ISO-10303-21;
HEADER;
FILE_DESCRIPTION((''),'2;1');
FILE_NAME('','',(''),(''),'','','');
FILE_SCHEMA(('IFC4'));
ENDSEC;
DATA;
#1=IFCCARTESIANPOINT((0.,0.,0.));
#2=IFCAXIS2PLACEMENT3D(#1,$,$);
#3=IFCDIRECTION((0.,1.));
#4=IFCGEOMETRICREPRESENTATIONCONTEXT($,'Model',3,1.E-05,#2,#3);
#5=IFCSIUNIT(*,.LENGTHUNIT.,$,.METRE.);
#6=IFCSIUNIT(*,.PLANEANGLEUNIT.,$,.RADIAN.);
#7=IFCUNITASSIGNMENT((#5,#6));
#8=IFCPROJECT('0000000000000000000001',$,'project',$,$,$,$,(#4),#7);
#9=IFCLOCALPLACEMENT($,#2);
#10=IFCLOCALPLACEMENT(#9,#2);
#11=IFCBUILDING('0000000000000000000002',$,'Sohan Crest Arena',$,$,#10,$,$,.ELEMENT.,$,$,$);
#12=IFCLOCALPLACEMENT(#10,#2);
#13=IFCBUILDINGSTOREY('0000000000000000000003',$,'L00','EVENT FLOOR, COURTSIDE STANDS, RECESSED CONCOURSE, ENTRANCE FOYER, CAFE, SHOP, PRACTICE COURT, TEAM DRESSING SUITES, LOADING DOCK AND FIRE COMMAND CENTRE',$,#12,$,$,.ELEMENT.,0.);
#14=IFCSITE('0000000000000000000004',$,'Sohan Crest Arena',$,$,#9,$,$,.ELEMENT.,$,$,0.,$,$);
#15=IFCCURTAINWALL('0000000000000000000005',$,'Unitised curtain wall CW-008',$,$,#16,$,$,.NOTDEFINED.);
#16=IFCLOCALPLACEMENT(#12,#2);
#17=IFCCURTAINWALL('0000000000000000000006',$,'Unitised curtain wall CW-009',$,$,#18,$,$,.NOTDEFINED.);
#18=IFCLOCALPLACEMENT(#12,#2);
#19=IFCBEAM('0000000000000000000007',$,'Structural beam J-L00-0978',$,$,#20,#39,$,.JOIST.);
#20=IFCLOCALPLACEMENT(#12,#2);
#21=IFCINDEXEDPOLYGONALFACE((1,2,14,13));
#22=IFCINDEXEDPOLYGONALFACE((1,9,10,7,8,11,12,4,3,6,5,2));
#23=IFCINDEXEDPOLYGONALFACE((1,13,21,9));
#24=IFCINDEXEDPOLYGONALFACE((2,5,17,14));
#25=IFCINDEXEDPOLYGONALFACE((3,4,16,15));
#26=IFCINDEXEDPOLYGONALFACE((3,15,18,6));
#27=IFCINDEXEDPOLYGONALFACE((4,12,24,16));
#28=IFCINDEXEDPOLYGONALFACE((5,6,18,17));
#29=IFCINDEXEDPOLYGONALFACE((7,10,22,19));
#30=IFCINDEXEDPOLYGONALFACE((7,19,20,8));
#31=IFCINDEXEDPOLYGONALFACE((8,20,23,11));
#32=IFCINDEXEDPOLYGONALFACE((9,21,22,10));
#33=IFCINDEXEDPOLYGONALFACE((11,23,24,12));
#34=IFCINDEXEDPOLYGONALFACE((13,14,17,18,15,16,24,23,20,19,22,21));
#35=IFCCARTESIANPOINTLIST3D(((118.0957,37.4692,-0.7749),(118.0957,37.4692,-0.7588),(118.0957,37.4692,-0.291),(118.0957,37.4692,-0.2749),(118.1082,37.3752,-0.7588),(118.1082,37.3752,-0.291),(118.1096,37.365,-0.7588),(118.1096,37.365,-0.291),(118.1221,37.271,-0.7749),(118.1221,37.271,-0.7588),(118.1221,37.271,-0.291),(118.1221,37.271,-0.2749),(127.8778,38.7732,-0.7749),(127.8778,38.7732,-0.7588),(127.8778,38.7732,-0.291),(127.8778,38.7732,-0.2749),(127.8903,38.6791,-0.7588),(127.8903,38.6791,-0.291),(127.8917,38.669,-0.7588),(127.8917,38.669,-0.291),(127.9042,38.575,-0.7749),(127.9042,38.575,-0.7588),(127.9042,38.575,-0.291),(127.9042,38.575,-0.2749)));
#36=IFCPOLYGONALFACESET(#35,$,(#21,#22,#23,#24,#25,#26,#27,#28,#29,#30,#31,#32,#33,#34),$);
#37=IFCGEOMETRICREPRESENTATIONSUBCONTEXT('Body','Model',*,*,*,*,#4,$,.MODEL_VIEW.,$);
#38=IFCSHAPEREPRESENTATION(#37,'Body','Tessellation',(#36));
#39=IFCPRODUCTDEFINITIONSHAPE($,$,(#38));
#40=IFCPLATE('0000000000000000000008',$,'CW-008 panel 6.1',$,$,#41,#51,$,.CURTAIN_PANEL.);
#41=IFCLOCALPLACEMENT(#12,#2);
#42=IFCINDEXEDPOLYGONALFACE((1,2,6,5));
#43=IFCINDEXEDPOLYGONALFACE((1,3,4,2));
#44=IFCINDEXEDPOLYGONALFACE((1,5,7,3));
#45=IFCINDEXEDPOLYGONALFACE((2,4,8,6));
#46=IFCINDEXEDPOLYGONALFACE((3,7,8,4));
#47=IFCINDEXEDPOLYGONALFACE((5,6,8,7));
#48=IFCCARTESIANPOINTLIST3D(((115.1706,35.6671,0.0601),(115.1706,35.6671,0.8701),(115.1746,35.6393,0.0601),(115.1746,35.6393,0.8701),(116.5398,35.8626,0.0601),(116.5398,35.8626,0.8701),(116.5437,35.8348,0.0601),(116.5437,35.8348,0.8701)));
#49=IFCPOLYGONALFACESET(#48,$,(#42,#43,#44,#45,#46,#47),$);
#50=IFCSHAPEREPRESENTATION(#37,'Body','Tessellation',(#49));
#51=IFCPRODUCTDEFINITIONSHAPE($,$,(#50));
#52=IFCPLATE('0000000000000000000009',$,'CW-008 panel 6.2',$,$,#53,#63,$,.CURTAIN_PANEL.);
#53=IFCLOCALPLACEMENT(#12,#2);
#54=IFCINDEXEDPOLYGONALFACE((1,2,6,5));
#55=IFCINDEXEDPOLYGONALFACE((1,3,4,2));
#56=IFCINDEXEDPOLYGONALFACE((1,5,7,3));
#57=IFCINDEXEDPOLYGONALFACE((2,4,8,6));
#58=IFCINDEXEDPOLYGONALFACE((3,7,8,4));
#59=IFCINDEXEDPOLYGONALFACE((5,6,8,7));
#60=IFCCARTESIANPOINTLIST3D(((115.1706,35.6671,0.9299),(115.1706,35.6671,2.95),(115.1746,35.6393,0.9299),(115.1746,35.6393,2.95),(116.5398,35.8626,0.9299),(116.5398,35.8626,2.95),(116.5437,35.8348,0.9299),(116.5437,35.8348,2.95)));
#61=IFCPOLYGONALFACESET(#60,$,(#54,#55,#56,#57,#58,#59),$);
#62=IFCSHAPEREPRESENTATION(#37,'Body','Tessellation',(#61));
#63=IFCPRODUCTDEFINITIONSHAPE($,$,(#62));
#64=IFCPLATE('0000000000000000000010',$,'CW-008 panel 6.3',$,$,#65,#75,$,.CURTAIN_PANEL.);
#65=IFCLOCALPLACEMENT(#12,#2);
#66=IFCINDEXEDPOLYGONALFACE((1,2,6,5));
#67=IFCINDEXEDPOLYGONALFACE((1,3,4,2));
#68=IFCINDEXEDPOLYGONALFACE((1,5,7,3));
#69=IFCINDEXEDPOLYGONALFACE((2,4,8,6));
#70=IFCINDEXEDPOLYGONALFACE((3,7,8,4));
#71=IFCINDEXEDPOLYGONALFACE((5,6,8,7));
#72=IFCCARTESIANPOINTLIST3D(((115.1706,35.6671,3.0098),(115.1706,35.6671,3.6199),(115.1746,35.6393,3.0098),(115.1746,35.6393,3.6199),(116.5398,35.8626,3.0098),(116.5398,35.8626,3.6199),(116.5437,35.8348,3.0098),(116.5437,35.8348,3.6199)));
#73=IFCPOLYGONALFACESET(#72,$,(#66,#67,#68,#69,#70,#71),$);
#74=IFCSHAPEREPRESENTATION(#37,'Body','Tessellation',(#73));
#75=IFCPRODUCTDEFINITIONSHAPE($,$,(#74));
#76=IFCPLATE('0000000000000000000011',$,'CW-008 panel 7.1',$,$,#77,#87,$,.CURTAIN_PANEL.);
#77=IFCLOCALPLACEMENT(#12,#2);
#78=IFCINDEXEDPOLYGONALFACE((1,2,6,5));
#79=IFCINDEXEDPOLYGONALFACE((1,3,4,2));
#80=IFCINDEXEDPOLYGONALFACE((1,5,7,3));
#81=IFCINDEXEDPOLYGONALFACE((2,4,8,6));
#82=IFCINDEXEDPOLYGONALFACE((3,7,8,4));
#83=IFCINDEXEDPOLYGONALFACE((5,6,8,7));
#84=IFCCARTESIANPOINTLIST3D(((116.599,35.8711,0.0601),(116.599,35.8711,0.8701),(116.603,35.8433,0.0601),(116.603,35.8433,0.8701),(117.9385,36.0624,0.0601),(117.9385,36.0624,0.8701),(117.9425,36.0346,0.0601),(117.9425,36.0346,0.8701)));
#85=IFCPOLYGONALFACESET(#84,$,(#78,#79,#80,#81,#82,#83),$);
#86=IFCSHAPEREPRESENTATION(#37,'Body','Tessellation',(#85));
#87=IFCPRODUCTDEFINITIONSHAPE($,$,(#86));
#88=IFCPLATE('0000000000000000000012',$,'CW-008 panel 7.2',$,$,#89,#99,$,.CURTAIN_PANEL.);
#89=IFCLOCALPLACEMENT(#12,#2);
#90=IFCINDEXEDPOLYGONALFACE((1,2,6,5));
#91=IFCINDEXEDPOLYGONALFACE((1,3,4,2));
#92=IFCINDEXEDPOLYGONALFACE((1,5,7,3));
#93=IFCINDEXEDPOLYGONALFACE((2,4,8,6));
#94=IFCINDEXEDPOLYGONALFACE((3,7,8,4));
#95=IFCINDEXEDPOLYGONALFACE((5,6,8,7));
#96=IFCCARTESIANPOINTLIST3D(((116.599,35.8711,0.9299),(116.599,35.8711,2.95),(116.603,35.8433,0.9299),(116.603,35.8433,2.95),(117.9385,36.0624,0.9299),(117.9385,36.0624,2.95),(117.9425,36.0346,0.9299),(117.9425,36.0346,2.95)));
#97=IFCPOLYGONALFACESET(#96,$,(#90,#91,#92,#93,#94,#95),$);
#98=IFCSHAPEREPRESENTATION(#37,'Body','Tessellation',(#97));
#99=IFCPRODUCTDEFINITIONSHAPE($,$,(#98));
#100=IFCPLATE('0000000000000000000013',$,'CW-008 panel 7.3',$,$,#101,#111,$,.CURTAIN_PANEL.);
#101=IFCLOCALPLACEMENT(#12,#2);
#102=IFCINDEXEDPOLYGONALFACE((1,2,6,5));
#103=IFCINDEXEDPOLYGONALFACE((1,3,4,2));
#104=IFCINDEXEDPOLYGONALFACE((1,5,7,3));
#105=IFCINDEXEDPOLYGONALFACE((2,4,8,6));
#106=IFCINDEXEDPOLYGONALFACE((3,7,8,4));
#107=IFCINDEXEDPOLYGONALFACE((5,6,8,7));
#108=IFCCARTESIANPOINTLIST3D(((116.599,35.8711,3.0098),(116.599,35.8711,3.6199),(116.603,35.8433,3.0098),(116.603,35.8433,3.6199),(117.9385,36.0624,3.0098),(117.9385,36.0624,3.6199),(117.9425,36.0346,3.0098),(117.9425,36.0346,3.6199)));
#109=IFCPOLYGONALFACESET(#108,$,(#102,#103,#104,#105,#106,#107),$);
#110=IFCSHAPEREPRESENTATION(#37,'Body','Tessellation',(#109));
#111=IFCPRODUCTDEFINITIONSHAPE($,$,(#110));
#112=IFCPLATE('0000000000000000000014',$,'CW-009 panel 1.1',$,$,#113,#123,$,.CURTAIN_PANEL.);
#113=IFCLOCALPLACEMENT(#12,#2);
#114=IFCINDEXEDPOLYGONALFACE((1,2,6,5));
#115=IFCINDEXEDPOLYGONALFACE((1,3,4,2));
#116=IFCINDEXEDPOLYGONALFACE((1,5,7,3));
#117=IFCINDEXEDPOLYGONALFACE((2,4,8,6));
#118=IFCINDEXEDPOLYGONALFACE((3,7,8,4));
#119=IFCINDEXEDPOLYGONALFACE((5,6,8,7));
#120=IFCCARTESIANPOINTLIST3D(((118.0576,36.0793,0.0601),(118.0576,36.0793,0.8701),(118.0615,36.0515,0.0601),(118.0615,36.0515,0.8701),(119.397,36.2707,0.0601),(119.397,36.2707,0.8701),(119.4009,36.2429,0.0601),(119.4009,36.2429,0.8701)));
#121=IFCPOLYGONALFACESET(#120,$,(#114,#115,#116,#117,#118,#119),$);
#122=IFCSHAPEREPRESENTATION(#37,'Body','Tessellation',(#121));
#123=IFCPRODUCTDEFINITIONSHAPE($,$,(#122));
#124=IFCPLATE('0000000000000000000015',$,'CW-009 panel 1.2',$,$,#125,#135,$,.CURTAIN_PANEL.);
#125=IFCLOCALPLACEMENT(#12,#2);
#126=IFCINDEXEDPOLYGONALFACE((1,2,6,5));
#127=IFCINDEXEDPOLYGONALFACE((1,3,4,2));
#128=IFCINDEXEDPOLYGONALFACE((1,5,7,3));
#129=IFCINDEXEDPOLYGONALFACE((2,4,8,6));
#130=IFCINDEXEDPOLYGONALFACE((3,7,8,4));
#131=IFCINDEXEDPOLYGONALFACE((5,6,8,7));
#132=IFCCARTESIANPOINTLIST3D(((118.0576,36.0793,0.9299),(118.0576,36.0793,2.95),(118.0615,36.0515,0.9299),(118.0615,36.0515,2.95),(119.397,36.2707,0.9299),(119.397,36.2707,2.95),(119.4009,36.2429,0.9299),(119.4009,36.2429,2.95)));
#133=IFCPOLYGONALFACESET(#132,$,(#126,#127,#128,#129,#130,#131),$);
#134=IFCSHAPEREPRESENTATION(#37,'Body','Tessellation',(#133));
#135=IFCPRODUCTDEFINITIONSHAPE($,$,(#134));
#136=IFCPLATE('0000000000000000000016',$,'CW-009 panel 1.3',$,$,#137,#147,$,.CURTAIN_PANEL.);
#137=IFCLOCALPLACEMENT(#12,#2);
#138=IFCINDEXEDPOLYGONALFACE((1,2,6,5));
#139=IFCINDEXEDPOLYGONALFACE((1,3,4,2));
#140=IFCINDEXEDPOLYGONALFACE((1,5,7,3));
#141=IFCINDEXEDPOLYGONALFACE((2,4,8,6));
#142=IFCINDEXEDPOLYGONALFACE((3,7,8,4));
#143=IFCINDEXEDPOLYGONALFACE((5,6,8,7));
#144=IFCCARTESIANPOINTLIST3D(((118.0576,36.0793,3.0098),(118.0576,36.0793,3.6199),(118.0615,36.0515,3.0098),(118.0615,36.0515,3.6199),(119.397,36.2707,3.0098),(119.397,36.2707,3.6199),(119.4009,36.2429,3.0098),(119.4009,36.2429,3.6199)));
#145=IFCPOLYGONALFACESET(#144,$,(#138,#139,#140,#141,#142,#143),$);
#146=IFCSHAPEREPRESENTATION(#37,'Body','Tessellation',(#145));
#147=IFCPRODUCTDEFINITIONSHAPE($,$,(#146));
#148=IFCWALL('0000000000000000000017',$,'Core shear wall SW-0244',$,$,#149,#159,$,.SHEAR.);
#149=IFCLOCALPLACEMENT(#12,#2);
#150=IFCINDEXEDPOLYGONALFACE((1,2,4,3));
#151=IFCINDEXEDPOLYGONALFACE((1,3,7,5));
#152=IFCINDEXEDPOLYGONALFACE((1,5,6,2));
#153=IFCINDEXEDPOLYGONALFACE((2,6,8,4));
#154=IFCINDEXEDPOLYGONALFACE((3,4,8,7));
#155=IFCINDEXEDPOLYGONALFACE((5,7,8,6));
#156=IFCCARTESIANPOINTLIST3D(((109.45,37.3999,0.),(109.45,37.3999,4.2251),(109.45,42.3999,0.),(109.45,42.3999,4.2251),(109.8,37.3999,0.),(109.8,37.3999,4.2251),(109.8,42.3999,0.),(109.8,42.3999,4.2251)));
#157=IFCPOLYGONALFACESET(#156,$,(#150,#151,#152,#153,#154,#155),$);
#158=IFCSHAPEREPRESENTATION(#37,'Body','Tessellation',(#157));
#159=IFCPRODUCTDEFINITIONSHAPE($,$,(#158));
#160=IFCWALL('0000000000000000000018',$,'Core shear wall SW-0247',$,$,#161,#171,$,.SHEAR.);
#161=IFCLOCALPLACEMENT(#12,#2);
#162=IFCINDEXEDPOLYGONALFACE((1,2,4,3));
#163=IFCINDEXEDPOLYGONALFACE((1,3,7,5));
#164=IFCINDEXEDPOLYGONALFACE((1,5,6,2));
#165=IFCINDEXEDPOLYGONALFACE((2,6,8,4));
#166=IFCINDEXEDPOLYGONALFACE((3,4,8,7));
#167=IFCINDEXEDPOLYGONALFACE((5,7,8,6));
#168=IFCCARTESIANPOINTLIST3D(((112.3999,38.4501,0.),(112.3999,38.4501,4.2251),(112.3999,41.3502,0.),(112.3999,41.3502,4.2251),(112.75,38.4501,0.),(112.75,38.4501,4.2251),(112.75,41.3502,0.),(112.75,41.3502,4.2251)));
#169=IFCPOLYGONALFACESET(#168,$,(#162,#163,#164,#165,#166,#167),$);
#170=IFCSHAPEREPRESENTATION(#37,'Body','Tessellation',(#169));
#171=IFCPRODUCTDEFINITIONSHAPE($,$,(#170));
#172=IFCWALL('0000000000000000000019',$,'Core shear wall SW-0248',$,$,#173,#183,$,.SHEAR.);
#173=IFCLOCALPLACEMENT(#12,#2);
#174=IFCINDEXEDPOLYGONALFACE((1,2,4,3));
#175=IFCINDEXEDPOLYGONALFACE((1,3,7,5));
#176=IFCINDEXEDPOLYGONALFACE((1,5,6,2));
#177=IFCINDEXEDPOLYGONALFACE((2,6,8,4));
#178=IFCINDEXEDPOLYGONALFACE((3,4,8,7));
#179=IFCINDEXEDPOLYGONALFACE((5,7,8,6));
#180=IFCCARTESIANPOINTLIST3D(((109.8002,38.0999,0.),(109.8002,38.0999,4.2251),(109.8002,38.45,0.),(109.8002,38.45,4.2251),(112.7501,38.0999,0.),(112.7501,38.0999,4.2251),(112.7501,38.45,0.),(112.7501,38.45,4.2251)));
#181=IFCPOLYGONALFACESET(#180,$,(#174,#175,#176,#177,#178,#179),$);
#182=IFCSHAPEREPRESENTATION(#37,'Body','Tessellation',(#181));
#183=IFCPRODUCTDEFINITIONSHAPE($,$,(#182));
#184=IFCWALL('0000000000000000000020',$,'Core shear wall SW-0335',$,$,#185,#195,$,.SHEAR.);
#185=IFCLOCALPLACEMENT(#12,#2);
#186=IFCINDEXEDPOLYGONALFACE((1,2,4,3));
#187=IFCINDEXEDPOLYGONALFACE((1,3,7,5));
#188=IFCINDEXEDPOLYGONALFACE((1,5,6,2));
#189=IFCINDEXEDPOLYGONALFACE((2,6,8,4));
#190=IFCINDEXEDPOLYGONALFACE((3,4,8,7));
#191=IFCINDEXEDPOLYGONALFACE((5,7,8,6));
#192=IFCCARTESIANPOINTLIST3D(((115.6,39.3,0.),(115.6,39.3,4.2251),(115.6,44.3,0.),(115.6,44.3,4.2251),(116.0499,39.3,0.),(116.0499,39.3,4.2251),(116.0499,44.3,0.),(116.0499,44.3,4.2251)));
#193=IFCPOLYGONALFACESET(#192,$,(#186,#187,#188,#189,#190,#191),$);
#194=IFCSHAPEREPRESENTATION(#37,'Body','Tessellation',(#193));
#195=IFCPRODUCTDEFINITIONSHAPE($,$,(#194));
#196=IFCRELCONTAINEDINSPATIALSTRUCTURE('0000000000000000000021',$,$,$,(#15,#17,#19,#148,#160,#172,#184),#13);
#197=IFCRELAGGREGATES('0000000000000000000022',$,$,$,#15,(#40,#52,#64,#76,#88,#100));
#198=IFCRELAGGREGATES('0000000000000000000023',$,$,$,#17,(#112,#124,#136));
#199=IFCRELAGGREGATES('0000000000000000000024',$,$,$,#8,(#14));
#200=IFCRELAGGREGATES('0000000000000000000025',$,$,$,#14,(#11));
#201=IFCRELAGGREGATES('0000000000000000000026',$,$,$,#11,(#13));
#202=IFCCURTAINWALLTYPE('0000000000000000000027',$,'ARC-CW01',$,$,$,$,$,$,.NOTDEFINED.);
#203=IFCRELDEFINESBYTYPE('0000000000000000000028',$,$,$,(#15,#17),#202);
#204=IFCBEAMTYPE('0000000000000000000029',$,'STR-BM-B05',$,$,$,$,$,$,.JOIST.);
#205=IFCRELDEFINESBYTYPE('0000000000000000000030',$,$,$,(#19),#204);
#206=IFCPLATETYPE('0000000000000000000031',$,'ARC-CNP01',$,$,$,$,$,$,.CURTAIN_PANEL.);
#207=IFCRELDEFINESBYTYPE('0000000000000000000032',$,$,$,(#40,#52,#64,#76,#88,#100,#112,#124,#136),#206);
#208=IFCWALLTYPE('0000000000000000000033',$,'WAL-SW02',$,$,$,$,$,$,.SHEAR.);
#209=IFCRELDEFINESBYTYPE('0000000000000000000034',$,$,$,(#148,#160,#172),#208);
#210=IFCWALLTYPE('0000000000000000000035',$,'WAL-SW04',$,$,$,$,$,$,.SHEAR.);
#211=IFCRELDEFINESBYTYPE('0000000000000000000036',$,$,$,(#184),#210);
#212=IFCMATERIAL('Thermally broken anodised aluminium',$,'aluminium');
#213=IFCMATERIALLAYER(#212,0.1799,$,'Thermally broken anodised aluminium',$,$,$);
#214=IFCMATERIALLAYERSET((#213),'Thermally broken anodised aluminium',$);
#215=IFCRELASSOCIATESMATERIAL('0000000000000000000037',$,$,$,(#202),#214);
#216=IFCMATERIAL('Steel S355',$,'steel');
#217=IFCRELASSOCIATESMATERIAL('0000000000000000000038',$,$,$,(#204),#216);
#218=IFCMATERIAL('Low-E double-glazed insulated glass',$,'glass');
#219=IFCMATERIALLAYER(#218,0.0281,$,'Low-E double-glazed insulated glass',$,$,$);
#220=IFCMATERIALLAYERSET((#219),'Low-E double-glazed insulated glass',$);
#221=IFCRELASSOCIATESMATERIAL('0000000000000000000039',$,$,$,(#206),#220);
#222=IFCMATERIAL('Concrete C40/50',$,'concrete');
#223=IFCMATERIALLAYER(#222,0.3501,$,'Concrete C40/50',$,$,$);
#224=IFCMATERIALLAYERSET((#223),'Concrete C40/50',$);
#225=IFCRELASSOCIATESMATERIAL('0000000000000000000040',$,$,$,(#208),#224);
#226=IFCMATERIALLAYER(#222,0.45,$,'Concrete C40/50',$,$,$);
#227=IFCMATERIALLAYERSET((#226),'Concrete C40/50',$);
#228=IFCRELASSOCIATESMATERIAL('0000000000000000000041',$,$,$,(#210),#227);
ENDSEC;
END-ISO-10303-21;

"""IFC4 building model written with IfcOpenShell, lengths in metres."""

from ifc_helpers import new_model, si_unit, direction, frame, frame_2d, origin, origin_2d, place, context, subcontext, project, spatial, rectangle, i_section, extrude, material, layer, layer_set, material_profile, profile_set, type_object, element, aggregate, save


model = new_model("IFC4")

# Units and contexts
model_context = context("Model", 3, precision=1e-05, world=origin(), true_north=direction((0.0, 1.0)))
body_context = subcontext(model_context, "Body", "Model", "MODEL_VIEW")
ifc_project = project(units=[si_unit("LENGTHUNIT", "METRE"), si_unit("PLANEANGLEUNIT", "RADIAN")], contexts=[model_context])

# Site, building, storey
site_placement = place(None, origin())
site = spatial("IfcSite", under=ifc_project, at=site_placement, Name="Sohan Crest Arena", CompositionType="ELEMENT", RefElevation=0.0)
building_placement = place(site_placement, origin())
building = spatial("IfcBuilding", under=site, at=building_placement, Name="Sohan Crest Arena", CompositionType="ELEMENT")
storey_placement = place(building_placement, origin())
storey = spatial("IfcBuildingStorey", under=building, at=storey_placement, Name="L00", Description="EVENT FLOOR, COURTSIDE STANDS, RECESSED CONCOURSE, ENTRANCE FOYER, CAFE, SHOP, PRACTICE COURT, TEAM DRESSING SUITES, LOADING DOCK AND FIRE COMMAND CENTRE", CompositionType="ELEMENT", Elevation=0.0)

# Curtain walls
ifc_material_1 = material(Name="Thermally broken anodised aluminium", Category="aluminium")
ifc_layer_1 = layer(ifc_material_1, 0.1799, Name="Thermally broken anodised aluminium")
ifc_layer_set_1 = layer_set([ifc_layer_1], Name="Thermally broken anodised aluminium")
curtain_wall_type = type_object("IfcCurtainWallType", Name="ARC-CW01", PredefinedType="NOTDEFINED", material=ifc_layer_set_1)
curtain_wall_1_placement = place(storey_placement, origin())
curtain_wall_1 = element("IfcCurtainWall", 1, at=curtain_wall_1_placement, inside=storey, type_object=curtain_wall_type, Name="Unitised curtain wall CW-008", PredefinedType="NOTDEFINED")
curtain_wall_2_placement = place(storey_placement, origin())
curtain_wall_2 = element("IfcCurtainWall", 2, at=curtain_wall_2_placement, inside=storey, type_object=curtain_wall_type, Name="Unitised curtain wall CW-009", PredefinedType="NOTDEFINED")

# Beam
ifc_material_2 = material(Name="Steel S355", Category="steel")
ifc_material_profile_1 = material_profile(ifc_material_2, i_section(OverallWidth=0.2, OverallDepth=0.5, WebThickness=0.0103, FlangeThickness=0.0161, at=origin_2d()), Name="IPE 500")
ifc_profile_set_1 = profile_set([ifc_material_profile_1], Name="Steel S355")
beam_type_1 = type_object("IfcBeamType", Name="STR-BM-B05", PredefinedType="JOIST", material=ifc_profile_set_1)
beam_1_placement = place(storey_placement, frame((118.1089, 37.3701, -0.5249), z_axis=(0.991232, 0.13213, 0.0), x_axis=(-0.13213, 0.991232, 0.0)))
element("IfcBeam", 3, at=beam_1_placement, inside=storey, type_object=beam_type_1, Name="Structural beam J-L00-0978", PredefinedType="JOIST", context=body_context, shape_type="SweptSolid", body=[
    extrude(i_section(OverallWidth=0.2, OverallDepth=0.5, WebThickness=0.0103, FlangeThickness=0.0161, at=origin_2d()), origin(), (0.0, 0.0, 1.0), 9.8687),
])

# Plates
ifc_material_3 = material(Name="Low-E double-glazed insulated glass", Category="glass")
ifc_layer_2 = layer(ifc_material_3, 0.0281, Name="Low-E double-glazed insulated glass")
ifc_layer_set_2 = layer_set([ifc_layer_2], Name="Low-E double-glazed insulated glass")
plate_type = type_object("IfcPlateType", Name="ARC-CNP01", PredefinedType="CURTAIN_PANEL", material=ifc_layer_set_2)
plate_1_placement = place(storey_placement, frame((115.8572, 35.751, 0.0601), z_axis=(0.0, 0.0, 1.0), x_axis=(0.989957, 0.141366, 0.0)))
plate_1 = element("IfcPlate", 4, at=plate_1_placement, type_object=plate_type, Name="CW-008 panel 6.1", PredefinedType="CURTAIN_PANEL", context=body_context, shape_type="SweptSolid", body=[
    extrude(rectangle(XDim=1.3831, YDim=0.0281, at=origin_2d()), origin(), (0.0, 0.0, 1.0), 0.8101),
])
plate_2_placement = place(storey_placement, frame((115.8572, 35.751, 0.9299), z_axis=(0.0, 0.0, 1.0), x_axis=(0.989957, 0.141366, 0.0)))
plate_2 = element("IfcPlate", 5, at=plate_2_placement, type_object=plate_type, Name="CW-008 panel 6.2", PredefinedType="CURTAIN_PANEL", context=body_context, shape_type="SweptSolid", body=[
    extrude(rectangle(XDim=1.3831, YDim=0.0281, at=origin_2d()), origin(), (0.0, 0.0, 1.0), 2.02),
])
plate_3_placement = place(storey_placement, frame((115.8572, 35.751, 3.0098), z_axis=(0.0, 0.0, 1.0), x_axis=(0.989957, 0.141366, 0.0)))
plate_3 = element("IfcPlate", 6, at=plate_3_placement, type_object=plate_type, Name="CW-008 panel 6.3", PredefinedType="CURTAIN_PANEL", context=body_context, shape_type="SweptSolid", body=[
    extrude(rectangle(XDim=1.3831, YDim=0.0281, at=origin_2d()), origin(), (0.0, 0.0, 1.0), 0.6101),
])
plate_4_placement = place(storey_placement, frame((117.2708, 35.9529, 0.0601), z_axis=(0.0, 0.0, 1.0), x_axis=(0.989957, 0.141366, 0.0)))
plate_4 = element("IfcPlate", 7, at=plate_4_placement, type_object=plate_type, Name="CW-008 panel 7.1", PredefinedType="CURTAIN_PANEL", context=body_context, shape_type="SweptSolid", body=[
    extrude(rectangle(XDim=1.353, YDim=0.0281, at=origin_2d()), origin(), (0.0, 0.0, 1.0), 0.8101),
])
plate_5_placement = place(storey_placement, frame((117.2708, 35.9529, 0.9299), z_axis=(0.0, 0.0, 1.0), x_axis=(0.989957, 0.141366, 0.0)))
plate_5 = element("IfcPlate", 8, at=plate_5_placement, type_object=plate_type, Name="CW-008 panel 7.2", PredefinedType="CURTAIN_PANEL", context=body_context, shape_type="SweptSolid", body=[
    extrude(rectangle(XDim=1.353, YDim=0.0281, at=origin_2d()), origin(), (0.0, 0.0, 1.0), 2.02),
])
plate_6_placement = place(storey_placement, frame((117.2708, 35.9529, 3.0098), z_axis=(0.0, 0.0, 1.0), x_axis=(0.989957, 0.141366, 0.0)))
plate_6 = element("IfcPlate", 9, at=plate_6_placement, type_object=plate_type, Name="CW-008 panel 7.3", PredefinedType="CURTAIN_PANEL", context=body_context, shape_type="SweptSolid", body=[
    extrude(rectangle(XDim=1.353, YDim=0.0281, at=origin_2d()), origin(), (0.0, 0.0, 1.0), 0.6101),
])
aggregate(curtain_wall_1, [plate_1, plate_2, plate_3, plate_4, plate_5, plate_6])
plate_7_placement = place(storey_placement, frame((118.7292, 36.1611, 0.0601), z_axis=(0.0, 0.0, 1.0), x_axis=(0.989944, 0.141463, 0.0)))
plate_7 = element("IfcPlate", 10, at=plate_7_placement, type_object=plate_type, Name="CW-009 panel 1.1", PredefinedType="CURTAIN_PANEL", context=body_context, shape_type="SweptSolid", body=[
    extrude(rectangle(XDim=1.353, YDim=0.0281, at=origin_2d()), origin(), (0.0, 0.0, 1.0), 0.8101),
])
plate_8_placement = place(storey_placement, frame((118.7292, 36.1611, 0.9299), z_axis=(0.0, 0.0, 1.0), x_axis=(0.989944, 0.141463, 0.0)))
plate_8 = element("IfcPlate", 11, at=plate_8_placement, type_object=plate_type, Name="CW-009 panel 1.2", PredefinedType="CURTAIN_PANEL", context=body_context, shape_type="SweptSolid", body=[
    extrude(rectangle(XDim=1.353, YDim=0.0281, at=origin_2d()), origin(), (0.0, 0.0, 1.0), 2.02),
])
plate_9_placement = place(storey_placement, frame((118.7292, 36.1611, 3.0098), z_axis=(0.0, 0.0, 1.0), x_axis=(0.989944, 0.141463, 0.0)))
plate_9 = element("IfcPlate", 12, at=plate_9_placement, type_object=plate_type, Name="CW-009 panel 1.3", PredefinedType="CURTAIN_PANEL", context=body_context, shape_type="SweptSolid", body=[
    extrude(rectangle(XDim=1.353, YDim=0.0281, at=origin_2d()), origin(), (0.0, 0.0, 1.0), 0.6101),
])
aggregate(curtain_wall_2, [plate_7, plate_8, plate_9])

# Walls
ifc_material_4 = material(Name="Concrete C40/50", Category="concrete")
ifc_layer_3 = layer(ifc_material_4, 0.3501, Name="Concrete C40/50")
ifc_layer_set_3 = layer_set([ifc_layer_3], Name="Concrete C40/50")
wall_type_1 = type_object("IfcWallType", Name="WAL-SW02", PredefinedType="SHEAR", material=ifc_layer_set_3)
wall_1_placement = place(storey_placement, frame((109.625, 37.3999, 0.0), z_axis=(0.0, 0.0, 1.0), x_axis=(0.0, 1.0, 0.0)))
element("IfcWall", 13, at=wall_1_placement, inside=storey, type_object=wall_type_1, Name="Core shear wall SW-0244", PredefinedType="SHEAR", context=body_context, shape_type="SweptSolid", body=[
    extrude(rectangle(XDim=5.0, YDim=0.3501, at=frame_2d((2.5, 0.0))), origin(), (0.0, 0.0, 1.0), 4.2251),
])
wall_2_placement = place(storey_placement, frame((112.575, 38.45, 0.0), z_axis=(0.0, 0.0, 1.0), x_axis=(0.0, 1.0, 0.0)))
element("IfcWall", 14, at=wall_2_placement, inside=storey, type_object=wall_type_1, Name="Core shear wall SW-0247", PredefinedType="SHEAR", context=body_context, shape_type="SweptSolid", body=[
    extrude(rectangle(XDim=2.9001, YDim=0.3501, at=frame_2d((1.4502, 0.0))), origin(), (0.0, 0.0, 1.0), 4.2251),
])
wall_3_placement = place(storey_placement, frame((109.8, 38.2749, 0.0), z_axis=(0.0, 0.0, 1.0), x_axis=(1.0, 0.0, 0.0)))
element("IfcWall", 15, at=wall_3_placement, inside=storey, type_object=wall_type_1, Name="Core shear wall SW-0248", PredefinedType="SHEAR", context=body_context, shape_type="SweptSolid", body=[
    extrude(rectangle(XDim=2.95, YDim=0.3501, at=frame_2d((1.4751, 0.0))), origin(), (0.0, 0.0, 1.0), 4.2251),
])
ifc_layer_4 = layer(ifc_material_4, 0.45, Name="Concrete C40/50")
ifc_layer_set_4 = layer_set([ifc_layer_4], Name="Concrete C40/50")
wall_type_2 = type_object("IfcWallType", Name="WAL-SW04", PredefinedType="SHEAR", material=ifc_layer_set_4)
wall_4_placement = place(storey_placement, frame((115.825, 39.3, 0.0), z_axis=(0.0, 0.0, 1.0), x_axis=(0.0, 1.0, 0.0)))
element("IfcWall", 16, at=wall_4_placement, inside=storey, type_object=wall_type_2, Name="Core shear wall SW-0335", PredefinedType="SHEAR", context=body_context, shape_type="SweptSolid", body=[
    extrude(rectangle(XDim=5.0, YDim=0.45, at=frame_2d((2.5, 0.0))), origin(), (0.0, 0.0, 1.0), 4.2251),
])

save(model, "model.ifc")
